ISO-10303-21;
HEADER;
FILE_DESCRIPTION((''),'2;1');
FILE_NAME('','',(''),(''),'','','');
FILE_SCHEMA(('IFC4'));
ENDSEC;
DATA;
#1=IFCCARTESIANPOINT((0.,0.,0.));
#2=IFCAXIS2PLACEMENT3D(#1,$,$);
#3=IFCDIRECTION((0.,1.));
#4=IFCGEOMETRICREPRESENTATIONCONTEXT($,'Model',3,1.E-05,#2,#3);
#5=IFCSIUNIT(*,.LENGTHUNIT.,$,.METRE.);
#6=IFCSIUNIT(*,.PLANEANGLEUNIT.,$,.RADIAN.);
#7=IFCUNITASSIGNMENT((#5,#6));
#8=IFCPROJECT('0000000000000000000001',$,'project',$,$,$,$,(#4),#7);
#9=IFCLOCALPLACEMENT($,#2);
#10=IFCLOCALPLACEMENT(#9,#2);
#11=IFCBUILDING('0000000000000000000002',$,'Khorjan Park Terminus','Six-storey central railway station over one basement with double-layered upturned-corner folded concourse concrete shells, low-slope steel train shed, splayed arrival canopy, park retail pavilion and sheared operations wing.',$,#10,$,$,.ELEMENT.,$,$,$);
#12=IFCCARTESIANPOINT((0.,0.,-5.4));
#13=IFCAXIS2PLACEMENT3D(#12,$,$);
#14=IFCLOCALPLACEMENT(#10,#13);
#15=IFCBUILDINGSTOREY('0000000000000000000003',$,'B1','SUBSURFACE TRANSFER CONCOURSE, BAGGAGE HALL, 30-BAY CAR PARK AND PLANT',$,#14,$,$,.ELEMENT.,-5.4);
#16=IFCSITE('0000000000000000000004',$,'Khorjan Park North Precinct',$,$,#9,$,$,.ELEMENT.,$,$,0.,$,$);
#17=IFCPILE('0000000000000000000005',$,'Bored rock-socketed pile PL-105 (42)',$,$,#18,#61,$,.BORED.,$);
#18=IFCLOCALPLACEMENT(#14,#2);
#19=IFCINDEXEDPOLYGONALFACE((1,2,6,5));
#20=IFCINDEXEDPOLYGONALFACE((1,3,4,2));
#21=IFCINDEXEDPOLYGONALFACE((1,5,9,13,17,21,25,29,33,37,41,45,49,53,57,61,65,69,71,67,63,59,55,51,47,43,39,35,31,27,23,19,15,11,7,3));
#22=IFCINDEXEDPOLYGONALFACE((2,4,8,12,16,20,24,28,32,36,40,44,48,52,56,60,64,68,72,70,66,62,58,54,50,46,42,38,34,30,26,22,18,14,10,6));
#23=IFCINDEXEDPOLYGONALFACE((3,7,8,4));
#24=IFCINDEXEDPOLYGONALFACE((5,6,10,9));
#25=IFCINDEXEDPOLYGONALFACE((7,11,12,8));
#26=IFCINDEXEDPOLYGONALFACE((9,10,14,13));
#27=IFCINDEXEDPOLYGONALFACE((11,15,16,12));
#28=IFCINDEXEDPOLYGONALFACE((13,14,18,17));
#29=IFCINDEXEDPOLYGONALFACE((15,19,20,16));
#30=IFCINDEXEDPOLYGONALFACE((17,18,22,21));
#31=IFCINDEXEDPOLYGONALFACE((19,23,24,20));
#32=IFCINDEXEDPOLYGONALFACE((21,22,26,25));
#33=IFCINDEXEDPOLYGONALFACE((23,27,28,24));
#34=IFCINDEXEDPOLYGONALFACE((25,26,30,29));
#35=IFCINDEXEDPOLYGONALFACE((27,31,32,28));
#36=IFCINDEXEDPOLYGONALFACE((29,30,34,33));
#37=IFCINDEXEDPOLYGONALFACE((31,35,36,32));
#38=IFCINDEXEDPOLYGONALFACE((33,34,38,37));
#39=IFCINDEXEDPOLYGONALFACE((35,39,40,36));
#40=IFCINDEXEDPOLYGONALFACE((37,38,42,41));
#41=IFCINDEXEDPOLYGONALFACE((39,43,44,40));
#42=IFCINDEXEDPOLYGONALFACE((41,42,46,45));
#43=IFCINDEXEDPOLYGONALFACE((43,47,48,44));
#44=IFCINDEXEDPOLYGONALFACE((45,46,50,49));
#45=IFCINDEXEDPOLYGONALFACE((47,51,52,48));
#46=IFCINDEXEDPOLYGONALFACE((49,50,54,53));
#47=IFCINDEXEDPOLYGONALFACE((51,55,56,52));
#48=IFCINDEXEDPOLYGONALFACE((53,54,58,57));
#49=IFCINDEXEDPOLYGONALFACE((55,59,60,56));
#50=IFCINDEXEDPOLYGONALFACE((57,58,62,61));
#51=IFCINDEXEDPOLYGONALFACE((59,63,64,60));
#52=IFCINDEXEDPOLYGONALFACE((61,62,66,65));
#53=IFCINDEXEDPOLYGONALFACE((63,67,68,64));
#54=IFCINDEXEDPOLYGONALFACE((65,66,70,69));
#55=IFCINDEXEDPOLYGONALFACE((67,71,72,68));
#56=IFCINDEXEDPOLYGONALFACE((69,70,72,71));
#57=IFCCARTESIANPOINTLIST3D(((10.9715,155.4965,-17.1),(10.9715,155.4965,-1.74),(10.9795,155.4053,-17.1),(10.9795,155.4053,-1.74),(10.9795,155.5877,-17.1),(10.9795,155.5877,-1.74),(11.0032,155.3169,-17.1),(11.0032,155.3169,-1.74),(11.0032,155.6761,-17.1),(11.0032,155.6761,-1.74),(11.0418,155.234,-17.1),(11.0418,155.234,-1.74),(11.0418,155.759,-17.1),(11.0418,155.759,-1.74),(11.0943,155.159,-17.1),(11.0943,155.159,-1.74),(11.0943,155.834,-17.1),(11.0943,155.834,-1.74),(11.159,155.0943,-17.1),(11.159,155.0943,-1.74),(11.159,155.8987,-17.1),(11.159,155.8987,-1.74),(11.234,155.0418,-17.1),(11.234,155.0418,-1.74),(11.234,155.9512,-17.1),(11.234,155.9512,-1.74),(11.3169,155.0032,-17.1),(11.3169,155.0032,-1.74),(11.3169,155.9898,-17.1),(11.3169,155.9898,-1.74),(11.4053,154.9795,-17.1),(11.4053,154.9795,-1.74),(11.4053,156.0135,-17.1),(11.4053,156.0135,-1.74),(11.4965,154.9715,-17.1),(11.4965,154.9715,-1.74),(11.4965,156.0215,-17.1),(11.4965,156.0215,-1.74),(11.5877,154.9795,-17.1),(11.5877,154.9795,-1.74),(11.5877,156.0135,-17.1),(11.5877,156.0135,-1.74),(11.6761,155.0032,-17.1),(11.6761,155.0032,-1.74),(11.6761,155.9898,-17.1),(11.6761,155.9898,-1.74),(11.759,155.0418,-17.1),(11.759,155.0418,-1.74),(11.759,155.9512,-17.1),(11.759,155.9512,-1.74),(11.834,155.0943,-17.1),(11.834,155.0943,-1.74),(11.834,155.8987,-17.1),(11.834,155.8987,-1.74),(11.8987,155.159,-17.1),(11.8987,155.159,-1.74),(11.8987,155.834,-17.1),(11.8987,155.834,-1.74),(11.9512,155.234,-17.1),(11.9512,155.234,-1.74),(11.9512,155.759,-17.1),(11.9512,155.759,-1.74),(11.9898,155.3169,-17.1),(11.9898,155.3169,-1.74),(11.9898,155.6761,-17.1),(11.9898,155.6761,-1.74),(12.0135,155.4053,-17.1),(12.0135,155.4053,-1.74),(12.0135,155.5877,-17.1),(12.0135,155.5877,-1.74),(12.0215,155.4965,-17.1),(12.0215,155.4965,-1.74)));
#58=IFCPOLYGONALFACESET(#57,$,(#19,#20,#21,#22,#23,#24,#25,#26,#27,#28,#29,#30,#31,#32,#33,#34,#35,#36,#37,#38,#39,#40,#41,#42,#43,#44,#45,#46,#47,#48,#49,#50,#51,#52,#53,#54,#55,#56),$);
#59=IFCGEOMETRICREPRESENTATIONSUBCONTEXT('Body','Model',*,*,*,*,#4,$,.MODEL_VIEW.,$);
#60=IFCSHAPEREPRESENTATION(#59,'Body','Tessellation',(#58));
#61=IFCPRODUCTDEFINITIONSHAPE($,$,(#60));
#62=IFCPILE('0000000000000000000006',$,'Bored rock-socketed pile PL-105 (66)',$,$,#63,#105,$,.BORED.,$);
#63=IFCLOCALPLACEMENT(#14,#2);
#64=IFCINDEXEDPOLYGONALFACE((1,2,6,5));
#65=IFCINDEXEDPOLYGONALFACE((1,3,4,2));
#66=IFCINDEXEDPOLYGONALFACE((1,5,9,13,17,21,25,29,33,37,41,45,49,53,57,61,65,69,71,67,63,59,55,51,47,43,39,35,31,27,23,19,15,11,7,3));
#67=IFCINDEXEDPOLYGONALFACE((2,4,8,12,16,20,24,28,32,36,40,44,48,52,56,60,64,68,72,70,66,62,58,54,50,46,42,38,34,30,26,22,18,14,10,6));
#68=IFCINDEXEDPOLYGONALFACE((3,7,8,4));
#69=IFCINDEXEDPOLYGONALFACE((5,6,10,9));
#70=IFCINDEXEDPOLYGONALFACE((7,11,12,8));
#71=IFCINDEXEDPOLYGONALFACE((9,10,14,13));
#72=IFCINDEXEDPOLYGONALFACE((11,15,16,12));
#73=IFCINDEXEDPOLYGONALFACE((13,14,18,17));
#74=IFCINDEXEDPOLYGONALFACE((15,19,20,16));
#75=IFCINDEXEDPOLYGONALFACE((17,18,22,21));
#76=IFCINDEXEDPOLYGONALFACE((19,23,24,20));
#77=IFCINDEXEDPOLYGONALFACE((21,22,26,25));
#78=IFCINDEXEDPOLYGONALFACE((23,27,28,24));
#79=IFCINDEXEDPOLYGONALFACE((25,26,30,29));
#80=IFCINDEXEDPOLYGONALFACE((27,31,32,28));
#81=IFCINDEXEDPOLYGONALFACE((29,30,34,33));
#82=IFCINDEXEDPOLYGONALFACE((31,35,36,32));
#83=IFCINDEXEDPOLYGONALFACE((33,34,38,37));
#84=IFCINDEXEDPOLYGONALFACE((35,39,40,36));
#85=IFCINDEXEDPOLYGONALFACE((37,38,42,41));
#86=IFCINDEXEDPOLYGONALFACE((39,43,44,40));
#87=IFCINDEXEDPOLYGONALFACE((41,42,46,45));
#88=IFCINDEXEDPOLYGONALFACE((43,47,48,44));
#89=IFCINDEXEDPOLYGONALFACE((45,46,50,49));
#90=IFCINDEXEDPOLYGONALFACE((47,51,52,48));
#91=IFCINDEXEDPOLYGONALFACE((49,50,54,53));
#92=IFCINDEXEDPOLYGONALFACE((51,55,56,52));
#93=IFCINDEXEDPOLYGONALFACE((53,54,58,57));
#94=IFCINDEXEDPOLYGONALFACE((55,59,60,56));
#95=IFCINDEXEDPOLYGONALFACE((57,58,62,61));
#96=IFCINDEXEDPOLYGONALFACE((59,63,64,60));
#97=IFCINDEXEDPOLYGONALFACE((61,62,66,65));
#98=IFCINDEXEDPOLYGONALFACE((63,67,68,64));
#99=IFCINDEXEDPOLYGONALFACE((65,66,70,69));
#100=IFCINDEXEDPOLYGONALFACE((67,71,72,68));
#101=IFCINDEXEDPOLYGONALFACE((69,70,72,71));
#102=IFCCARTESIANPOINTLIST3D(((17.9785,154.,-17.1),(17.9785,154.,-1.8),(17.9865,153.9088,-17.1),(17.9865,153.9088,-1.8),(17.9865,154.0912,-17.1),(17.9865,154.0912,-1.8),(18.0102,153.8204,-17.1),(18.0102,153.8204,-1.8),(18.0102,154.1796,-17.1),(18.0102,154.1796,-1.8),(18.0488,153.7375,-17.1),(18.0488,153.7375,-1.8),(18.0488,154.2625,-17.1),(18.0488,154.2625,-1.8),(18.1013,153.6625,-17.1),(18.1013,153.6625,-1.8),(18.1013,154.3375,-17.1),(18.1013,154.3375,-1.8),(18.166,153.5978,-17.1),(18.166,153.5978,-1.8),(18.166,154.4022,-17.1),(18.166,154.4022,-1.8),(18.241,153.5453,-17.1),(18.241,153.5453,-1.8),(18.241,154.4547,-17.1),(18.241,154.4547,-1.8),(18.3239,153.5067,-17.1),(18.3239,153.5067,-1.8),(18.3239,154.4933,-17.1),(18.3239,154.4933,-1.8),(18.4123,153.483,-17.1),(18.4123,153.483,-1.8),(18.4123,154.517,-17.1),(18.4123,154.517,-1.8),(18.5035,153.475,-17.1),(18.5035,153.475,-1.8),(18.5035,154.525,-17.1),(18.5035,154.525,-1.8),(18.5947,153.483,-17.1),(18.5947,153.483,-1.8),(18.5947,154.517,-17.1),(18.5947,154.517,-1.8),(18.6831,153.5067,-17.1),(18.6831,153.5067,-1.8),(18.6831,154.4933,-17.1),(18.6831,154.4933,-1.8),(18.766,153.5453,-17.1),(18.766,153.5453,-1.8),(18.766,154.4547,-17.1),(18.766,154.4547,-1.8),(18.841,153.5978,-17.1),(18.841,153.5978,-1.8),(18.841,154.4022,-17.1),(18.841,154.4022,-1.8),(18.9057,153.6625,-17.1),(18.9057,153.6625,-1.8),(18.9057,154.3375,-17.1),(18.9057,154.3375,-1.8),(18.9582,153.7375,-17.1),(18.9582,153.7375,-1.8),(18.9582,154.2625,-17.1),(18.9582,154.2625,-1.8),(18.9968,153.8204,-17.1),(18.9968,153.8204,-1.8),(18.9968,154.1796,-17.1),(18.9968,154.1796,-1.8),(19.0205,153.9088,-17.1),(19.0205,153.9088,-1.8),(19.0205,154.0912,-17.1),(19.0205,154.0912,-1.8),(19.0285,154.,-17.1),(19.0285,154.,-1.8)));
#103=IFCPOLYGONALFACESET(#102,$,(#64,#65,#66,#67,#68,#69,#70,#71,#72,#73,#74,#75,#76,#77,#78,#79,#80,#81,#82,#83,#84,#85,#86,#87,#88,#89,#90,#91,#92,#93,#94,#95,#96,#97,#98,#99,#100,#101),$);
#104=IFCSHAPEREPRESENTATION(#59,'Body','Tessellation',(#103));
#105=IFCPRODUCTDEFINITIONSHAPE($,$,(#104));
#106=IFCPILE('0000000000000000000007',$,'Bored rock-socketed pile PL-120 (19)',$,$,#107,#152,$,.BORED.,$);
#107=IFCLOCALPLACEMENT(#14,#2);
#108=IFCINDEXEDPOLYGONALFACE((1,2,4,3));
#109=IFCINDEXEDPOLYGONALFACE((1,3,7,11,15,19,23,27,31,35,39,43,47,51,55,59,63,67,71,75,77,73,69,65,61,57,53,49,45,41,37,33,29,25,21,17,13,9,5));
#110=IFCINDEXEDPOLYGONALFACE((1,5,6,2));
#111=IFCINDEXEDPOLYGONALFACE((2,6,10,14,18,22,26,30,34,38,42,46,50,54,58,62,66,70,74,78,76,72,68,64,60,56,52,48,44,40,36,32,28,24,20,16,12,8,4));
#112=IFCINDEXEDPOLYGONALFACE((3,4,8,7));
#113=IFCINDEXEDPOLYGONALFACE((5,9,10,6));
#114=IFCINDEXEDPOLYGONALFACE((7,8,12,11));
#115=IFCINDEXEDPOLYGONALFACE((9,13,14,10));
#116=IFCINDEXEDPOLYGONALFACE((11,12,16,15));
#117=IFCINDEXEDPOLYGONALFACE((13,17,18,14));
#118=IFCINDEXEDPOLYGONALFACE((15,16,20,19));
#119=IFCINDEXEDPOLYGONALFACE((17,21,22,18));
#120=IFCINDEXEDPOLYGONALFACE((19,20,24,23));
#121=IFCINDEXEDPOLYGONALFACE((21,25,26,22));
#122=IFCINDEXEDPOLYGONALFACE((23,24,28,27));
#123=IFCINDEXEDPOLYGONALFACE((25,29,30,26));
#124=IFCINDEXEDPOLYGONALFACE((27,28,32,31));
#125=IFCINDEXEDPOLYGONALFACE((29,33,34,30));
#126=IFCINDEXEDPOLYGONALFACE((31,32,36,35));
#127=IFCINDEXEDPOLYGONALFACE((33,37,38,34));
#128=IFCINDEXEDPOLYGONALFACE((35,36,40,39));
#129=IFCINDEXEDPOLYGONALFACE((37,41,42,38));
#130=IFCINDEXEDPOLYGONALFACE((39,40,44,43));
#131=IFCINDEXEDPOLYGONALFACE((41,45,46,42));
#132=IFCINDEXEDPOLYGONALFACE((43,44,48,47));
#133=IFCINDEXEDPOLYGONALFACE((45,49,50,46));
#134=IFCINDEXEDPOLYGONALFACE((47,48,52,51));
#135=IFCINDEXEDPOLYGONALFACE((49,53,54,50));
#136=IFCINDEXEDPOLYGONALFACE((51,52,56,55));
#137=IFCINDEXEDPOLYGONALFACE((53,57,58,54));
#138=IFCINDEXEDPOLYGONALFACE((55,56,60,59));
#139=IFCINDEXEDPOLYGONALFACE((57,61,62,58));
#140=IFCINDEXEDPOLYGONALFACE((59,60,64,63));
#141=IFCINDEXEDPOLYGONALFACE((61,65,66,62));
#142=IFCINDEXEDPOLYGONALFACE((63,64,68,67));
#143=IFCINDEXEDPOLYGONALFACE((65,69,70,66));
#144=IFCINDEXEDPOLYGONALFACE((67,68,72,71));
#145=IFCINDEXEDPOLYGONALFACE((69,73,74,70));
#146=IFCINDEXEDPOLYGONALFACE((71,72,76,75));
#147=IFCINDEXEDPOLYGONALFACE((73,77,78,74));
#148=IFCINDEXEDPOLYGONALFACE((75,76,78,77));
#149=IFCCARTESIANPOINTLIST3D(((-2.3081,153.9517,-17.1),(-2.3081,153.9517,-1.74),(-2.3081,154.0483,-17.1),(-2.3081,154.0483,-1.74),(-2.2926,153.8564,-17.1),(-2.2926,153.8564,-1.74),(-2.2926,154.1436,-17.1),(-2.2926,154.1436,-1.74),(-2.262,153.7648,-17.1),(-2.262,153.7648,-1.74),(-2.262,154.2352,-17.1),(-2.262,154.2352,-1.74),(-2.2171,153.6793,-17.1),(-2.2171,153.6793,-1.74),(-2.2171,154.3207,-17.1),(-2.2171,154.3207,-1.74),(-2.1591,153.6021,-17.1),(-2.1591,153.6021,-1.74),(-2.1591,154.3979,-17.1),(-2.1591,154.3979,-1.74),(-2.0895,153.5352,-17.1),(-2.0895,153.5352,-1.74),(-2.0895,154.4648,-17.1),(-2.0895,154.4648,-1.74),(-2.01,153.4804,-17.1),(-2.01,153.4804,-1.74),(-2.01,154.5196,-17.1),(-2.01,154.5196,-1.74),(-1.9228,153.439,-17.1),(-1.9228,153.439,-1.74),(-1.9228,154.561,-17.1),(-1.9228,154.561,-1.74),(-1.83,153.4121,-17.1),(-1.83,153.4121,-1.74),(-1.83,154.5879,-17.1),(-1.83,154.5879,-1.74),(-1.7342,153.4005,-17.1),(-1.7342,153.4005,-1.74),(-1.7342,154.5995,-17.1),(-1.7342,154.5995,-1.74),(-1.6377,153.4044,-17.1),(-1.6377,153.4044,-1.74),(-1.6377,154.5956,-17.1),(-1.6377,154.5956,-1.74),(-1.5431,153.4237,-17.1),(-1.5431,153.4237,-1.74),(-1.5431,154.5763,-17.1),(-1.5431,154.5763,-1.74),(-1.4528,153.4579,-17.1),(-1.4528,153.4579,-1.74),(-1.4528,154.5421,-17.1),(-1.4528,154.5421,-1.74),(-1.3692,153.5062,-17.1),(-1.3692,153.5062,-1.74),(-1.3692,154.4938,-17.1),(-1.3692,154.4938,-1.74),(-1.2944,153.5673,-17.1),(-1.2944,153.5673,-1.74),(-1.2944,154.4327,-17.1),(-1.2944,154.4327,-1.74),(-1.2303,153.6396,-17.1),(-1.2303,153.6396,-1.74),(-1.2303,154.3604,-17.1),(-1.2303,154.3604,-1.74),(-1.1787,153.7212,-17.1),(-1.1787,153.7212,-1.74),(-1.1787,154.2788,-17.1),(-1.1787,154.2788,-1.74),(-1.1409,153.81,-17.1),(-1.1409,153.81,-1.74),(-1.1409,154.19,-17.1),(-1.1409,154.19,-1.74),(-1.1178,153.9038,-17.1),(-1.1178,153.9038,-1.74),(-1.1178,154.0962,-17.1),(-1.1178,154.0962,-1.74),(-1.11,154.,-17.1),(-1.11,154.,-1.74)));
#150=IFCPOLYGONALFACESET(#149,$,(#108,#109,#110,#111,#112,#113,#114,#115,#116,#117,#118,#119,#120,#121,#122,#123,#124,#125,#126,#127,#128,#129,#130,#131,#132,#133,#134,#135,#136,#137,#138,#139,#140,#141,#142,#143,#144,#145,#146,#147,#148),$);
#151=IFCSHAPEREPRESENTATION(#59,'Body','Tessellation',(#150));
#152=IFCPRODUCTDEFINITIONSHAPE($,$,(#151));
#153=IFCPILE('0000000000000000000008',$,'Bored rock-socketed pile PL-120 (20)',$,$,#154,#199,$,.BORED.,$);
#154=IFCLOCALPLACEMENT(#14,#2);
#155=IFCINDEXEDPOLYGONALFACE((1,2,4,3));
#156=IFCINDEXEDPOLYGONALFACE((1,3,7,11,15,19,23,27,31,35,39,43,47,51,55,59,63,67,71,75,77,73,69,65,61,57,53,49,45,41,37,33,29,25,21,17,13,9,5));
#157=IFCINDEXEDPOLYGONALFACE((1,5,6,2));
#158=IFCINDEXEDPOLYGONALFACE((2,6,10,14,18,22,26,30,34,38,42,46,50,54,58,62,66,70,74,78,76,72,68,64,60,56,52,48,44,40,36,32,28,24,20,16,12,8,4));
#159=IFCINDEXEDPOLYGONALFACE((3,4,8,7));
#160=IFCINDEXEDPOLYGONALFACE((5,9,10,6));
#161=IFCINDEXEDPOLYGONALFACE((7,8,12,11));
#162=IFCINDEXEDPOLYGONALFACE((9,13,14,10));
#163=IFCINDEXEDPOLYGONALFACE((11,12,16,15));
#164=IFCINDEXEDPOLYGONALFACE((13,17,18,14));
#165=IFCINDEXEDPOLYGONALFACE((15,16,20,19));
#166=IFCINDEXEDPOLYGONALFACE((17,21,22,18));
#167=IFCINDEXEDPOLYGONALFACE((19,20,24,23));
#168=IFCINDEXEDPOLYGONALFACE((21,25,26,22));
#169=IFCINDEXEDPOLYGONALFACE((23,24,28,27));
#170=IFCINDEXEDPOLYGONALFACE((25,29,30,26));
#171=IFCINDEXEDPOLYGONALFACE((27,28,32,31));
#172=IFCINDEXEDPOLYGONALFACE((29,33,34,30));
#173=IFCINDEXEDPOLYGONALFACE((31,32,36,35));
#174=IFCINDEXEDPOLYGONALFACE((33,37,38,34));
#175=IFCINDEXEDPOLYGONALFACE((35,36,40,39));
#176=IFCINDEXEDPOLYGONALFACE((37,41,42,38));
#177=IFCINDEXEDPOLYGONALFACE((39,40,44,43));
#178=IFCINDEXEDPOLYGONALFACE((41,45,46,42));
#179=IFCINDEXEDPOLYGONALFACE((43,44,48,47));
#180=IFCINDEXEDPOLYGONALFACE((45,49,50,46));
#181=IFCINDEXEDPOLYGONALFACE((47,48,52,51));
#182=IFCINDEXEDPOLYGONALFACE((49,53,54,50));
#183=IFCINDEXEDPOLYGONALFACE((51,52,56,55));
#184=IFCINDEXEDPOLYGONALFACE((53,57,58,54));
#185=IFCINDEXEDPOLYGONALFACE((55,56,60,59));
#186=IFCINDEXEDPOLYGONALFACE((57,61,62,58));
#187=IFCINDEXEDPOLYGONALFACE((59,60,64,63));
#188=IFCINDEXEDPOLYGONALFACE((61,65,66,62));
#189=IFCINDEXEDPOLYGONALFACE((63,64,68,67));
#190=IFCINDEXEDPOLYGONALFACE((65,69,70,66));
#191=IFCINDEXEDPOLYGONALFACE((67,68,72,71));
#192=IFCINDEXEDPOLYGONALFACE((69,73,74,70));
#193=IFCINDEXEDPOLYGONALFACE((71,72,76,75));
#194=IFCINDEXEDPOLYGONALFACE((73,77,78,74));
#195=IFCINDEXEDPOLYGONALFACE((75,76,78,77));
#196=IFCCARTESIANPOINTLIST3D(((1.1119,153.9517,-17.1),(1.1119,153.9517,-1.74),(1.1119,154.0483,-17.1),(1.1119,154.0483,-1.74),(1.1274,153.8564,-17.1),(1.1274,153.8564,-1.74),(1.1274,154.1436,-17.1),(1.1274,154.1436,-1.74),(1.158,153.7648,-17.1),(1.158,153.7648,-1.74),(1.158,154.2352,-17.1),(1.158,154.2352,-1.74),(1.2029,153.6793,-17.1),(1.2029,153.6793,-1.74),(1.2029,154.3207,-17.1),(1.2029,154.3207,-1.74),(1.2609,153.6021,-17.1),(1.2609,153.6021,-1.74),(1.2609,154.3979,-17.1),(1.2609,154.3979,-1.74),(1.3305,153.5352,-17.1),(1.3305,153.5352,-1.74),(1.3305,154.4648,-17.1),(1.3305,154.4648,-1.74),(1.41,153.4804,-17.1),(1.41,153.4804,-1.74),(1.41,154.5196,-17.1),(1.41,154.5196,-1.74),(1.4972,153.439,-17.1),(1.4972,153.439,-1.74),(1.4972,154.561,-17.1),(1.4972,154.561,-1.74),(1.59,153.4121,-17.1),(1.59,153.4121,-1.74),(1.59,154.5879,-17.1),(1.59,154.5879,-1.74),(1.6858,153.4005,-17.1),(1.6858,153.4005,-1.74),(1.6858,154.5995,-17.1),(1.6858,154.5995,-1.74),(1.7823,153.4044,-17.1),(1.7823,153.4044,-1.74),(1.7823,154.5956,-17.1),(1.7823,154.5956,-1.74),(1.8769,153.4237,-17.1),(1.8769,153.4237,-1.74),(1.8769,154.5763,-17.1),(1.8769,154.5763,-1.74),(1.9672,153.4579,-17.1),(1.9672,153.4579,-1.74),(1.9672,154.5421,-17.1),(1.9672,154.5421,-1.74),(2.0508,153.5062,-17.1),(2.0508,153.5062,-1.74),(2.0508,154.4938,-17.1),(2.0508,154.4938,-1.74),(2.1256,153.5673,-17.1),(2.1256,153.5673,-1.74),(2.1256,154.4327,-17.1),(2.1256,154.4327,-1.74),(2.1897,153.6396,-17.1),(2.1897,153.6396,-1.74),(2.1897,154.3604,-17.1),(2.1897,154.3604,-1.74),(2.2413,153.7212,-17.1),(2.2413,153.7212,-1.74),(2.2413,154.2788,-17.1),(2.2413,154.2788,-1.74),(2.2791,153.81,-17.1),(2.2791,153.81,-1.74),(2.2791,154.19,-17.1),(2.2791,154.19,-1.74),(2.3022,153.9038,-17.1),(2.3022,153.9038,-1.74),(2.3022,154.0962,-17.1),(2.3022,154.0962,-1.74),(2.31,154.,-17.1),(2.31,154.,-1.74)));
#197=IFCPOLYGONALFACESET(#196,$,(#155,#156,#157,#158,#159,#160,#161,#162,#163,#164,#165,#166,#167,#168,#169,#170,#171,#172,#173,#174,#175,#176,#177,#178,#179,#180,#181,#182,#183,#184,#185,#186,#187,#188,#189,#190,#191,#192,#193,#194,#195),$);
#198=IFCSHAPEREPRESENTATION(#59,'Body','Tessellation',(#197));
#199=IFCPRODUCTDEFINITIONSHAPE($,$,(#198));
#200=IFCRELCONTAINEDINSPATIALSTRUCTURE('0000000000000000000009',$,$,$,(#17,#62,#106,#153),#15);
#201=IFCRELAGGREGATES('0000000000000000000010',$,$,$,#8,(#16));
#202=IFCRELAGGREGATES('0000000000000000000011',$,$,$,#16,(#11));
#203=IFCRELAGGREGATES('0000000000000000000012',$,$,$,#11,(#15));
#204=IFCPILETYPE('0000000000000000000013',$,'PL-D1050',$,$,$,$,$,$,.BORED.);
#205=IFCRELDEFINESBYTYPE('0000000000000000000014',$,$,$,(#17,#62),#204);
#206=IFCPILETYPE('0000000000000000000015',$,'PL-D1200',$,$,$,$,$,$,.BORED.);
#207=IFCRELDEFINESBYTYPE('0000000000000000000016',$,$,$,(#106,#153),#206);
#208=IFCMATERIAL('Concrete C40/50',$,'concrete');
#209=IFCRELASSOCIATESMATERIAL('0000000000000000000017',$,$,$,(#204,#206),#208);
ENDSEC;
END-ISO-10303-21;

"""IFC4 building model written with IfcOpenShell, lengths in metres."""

from ifc_helpers import new_model, si_unit, direction, frame, origin, origin_2d, place, context, subcontext, project, spatial, circle, extrude, material, material_profile, profile_set, type_object, element, save


model = new_model("IFC4")

# Units and contexts
model_context = context("Model", 3, precision=1e-05, world=origin(), true_north=direction((0.0, 1.0)))
body_context = subcontext(model_context, "Body", "Model", "MODEL_VIEW")
ifc_project = project(units=[si_unit("LENGTHUNIT", "METRE"), si_unit("PLANEANGLEUNIT", "RADIAN")], contexts=[model_context])

# Site, building, storey
site_placement = place(None, origin())
site = spatial("IfcSite", under=ifc_project, at=site_placement, Name="Khorjan Park North Precinct", CompositionType="ELEMENT", RefElevation=0.0)
building_placement = place(site_placement, origin())
building = spatial("IfcBuilding", under=site, at=building_placement, Name="Khorjan Park Terminus", Description="Six-storey central railway station over one basement with double-layered upturned-corner folded concourse concrete shells, low-slope steel train shed, splayed arrival canopy, park retail pavilion and sheared operations wing.", CompositionType="ELEMENT")
storey_placement = place(building_placement, frame((0.0, 0.0, -5.4)))
storey = spatial("IfcBuildingStorey", under=building, at=storey_placement, Name="B1", Description="SUBSURFACE TRANSFER CONCOURSE, BAGGAGE HALL, 30-BAY CAR PARK AND PLANT", CompositionType="ELEMENT", Elevation=-5.4)

# Shared definitions
ifc_material_1 = material(Name="Concrete C40/50", Category="concrete")

# Piles
ifc_material_profile_1 = material_profile(ifc_material_1, circle(Radius=0.525, at=origin_2d()), Name="BORED D1050")
ifc_profile_set_1 = profile_set([ifc_material_profile_1], Name="Concrete C40/50")
pile_type_1 = type_object("IfcPileType", Name="PL-D1050", PredefinedType="BORED", material=ifc_profile_set_1)
for number, where, z_axis, x_axis, name in (
    (1, (11.4965, 155.4965, -1.74), (0.0, 0.0, -1.0), (1.0, 0.0, 0.0), "Bored rock-socketed pile PL-105 (42)"),
):
    element("IfcPile", number, at=place(storey_placement, frame(where, z_axis=z_axis, x_axis=x_axis)), inside=storey, type_object=pile_type_1, Name=name, PredefinedType="BORED", context=body_context, shape_type="SweptSolid", body=[
        extrude(circle(Radius=0.525, at=origin_2d()), origin(), (0.0, 0.0, 1.0), 15.36),
    ])
pile_1_placement = place(storey_placement, frame((18.5035, 154.0, -1.8), z_axis=(0.0, 0.0, -1.0), x_axis=(1.0, 0.0, 0.0)))
element("IfcPile", 2, at=pile_1_placement, inside=storey, type_object=pile_type_1, Name="Bored rock-socketed pile PL-105 (66)", PredefinedType="BORED", context=body_context, shape_type="SweptSolid", body=[
    extrude(circle(Radius=0.525, at=origin_2d()), origin(), (0.0, 0.0, 1.0), 15.3),
])
ifc_material_profile_2 = material_profile(ifc_material_1, circle(Radius=0.6, at=origin_2d()), Name="BORED D1200")
ifc_profile_set_2 = profile_set([ifc_material_profile_2], Name="Concrete C40/50")
pile_type_2 = type_object("IfcPileType", Name="PL-D1200", PredefinedType="BORED", material=ifc_profile_set_2)
for number, where, z_axis, x_axis, name in (
    (3, (-1.71, 154.0, -1.74), (0.0, 0.0, -1.0), (1.0, 0.0, 0.0), "Bored rock-socketed pile PL-120 (19)"),
    (4, (1.71, 154.0, -1.74), (0.0, 0.0, -1.0), (1.0, 0.0, 0.0), "Bored rock-socketed pile PL-120 (20)"),
):
    element("IfcPile", number, at=place(storey_placement, frame(where, z_axis=z_axis, x_axis=x_axis)), inside=storey, type_object=pile_type_2, Name=name, PredefinedType="BORED", context=body_context, shape_type="SweptSolid", body=[
        extrude(circle(Radius=0.6, at=origin_2d()), origin(), (0.0, 0.0, 1.0), 15.36),
    ])

save(model, "model.ifc")
